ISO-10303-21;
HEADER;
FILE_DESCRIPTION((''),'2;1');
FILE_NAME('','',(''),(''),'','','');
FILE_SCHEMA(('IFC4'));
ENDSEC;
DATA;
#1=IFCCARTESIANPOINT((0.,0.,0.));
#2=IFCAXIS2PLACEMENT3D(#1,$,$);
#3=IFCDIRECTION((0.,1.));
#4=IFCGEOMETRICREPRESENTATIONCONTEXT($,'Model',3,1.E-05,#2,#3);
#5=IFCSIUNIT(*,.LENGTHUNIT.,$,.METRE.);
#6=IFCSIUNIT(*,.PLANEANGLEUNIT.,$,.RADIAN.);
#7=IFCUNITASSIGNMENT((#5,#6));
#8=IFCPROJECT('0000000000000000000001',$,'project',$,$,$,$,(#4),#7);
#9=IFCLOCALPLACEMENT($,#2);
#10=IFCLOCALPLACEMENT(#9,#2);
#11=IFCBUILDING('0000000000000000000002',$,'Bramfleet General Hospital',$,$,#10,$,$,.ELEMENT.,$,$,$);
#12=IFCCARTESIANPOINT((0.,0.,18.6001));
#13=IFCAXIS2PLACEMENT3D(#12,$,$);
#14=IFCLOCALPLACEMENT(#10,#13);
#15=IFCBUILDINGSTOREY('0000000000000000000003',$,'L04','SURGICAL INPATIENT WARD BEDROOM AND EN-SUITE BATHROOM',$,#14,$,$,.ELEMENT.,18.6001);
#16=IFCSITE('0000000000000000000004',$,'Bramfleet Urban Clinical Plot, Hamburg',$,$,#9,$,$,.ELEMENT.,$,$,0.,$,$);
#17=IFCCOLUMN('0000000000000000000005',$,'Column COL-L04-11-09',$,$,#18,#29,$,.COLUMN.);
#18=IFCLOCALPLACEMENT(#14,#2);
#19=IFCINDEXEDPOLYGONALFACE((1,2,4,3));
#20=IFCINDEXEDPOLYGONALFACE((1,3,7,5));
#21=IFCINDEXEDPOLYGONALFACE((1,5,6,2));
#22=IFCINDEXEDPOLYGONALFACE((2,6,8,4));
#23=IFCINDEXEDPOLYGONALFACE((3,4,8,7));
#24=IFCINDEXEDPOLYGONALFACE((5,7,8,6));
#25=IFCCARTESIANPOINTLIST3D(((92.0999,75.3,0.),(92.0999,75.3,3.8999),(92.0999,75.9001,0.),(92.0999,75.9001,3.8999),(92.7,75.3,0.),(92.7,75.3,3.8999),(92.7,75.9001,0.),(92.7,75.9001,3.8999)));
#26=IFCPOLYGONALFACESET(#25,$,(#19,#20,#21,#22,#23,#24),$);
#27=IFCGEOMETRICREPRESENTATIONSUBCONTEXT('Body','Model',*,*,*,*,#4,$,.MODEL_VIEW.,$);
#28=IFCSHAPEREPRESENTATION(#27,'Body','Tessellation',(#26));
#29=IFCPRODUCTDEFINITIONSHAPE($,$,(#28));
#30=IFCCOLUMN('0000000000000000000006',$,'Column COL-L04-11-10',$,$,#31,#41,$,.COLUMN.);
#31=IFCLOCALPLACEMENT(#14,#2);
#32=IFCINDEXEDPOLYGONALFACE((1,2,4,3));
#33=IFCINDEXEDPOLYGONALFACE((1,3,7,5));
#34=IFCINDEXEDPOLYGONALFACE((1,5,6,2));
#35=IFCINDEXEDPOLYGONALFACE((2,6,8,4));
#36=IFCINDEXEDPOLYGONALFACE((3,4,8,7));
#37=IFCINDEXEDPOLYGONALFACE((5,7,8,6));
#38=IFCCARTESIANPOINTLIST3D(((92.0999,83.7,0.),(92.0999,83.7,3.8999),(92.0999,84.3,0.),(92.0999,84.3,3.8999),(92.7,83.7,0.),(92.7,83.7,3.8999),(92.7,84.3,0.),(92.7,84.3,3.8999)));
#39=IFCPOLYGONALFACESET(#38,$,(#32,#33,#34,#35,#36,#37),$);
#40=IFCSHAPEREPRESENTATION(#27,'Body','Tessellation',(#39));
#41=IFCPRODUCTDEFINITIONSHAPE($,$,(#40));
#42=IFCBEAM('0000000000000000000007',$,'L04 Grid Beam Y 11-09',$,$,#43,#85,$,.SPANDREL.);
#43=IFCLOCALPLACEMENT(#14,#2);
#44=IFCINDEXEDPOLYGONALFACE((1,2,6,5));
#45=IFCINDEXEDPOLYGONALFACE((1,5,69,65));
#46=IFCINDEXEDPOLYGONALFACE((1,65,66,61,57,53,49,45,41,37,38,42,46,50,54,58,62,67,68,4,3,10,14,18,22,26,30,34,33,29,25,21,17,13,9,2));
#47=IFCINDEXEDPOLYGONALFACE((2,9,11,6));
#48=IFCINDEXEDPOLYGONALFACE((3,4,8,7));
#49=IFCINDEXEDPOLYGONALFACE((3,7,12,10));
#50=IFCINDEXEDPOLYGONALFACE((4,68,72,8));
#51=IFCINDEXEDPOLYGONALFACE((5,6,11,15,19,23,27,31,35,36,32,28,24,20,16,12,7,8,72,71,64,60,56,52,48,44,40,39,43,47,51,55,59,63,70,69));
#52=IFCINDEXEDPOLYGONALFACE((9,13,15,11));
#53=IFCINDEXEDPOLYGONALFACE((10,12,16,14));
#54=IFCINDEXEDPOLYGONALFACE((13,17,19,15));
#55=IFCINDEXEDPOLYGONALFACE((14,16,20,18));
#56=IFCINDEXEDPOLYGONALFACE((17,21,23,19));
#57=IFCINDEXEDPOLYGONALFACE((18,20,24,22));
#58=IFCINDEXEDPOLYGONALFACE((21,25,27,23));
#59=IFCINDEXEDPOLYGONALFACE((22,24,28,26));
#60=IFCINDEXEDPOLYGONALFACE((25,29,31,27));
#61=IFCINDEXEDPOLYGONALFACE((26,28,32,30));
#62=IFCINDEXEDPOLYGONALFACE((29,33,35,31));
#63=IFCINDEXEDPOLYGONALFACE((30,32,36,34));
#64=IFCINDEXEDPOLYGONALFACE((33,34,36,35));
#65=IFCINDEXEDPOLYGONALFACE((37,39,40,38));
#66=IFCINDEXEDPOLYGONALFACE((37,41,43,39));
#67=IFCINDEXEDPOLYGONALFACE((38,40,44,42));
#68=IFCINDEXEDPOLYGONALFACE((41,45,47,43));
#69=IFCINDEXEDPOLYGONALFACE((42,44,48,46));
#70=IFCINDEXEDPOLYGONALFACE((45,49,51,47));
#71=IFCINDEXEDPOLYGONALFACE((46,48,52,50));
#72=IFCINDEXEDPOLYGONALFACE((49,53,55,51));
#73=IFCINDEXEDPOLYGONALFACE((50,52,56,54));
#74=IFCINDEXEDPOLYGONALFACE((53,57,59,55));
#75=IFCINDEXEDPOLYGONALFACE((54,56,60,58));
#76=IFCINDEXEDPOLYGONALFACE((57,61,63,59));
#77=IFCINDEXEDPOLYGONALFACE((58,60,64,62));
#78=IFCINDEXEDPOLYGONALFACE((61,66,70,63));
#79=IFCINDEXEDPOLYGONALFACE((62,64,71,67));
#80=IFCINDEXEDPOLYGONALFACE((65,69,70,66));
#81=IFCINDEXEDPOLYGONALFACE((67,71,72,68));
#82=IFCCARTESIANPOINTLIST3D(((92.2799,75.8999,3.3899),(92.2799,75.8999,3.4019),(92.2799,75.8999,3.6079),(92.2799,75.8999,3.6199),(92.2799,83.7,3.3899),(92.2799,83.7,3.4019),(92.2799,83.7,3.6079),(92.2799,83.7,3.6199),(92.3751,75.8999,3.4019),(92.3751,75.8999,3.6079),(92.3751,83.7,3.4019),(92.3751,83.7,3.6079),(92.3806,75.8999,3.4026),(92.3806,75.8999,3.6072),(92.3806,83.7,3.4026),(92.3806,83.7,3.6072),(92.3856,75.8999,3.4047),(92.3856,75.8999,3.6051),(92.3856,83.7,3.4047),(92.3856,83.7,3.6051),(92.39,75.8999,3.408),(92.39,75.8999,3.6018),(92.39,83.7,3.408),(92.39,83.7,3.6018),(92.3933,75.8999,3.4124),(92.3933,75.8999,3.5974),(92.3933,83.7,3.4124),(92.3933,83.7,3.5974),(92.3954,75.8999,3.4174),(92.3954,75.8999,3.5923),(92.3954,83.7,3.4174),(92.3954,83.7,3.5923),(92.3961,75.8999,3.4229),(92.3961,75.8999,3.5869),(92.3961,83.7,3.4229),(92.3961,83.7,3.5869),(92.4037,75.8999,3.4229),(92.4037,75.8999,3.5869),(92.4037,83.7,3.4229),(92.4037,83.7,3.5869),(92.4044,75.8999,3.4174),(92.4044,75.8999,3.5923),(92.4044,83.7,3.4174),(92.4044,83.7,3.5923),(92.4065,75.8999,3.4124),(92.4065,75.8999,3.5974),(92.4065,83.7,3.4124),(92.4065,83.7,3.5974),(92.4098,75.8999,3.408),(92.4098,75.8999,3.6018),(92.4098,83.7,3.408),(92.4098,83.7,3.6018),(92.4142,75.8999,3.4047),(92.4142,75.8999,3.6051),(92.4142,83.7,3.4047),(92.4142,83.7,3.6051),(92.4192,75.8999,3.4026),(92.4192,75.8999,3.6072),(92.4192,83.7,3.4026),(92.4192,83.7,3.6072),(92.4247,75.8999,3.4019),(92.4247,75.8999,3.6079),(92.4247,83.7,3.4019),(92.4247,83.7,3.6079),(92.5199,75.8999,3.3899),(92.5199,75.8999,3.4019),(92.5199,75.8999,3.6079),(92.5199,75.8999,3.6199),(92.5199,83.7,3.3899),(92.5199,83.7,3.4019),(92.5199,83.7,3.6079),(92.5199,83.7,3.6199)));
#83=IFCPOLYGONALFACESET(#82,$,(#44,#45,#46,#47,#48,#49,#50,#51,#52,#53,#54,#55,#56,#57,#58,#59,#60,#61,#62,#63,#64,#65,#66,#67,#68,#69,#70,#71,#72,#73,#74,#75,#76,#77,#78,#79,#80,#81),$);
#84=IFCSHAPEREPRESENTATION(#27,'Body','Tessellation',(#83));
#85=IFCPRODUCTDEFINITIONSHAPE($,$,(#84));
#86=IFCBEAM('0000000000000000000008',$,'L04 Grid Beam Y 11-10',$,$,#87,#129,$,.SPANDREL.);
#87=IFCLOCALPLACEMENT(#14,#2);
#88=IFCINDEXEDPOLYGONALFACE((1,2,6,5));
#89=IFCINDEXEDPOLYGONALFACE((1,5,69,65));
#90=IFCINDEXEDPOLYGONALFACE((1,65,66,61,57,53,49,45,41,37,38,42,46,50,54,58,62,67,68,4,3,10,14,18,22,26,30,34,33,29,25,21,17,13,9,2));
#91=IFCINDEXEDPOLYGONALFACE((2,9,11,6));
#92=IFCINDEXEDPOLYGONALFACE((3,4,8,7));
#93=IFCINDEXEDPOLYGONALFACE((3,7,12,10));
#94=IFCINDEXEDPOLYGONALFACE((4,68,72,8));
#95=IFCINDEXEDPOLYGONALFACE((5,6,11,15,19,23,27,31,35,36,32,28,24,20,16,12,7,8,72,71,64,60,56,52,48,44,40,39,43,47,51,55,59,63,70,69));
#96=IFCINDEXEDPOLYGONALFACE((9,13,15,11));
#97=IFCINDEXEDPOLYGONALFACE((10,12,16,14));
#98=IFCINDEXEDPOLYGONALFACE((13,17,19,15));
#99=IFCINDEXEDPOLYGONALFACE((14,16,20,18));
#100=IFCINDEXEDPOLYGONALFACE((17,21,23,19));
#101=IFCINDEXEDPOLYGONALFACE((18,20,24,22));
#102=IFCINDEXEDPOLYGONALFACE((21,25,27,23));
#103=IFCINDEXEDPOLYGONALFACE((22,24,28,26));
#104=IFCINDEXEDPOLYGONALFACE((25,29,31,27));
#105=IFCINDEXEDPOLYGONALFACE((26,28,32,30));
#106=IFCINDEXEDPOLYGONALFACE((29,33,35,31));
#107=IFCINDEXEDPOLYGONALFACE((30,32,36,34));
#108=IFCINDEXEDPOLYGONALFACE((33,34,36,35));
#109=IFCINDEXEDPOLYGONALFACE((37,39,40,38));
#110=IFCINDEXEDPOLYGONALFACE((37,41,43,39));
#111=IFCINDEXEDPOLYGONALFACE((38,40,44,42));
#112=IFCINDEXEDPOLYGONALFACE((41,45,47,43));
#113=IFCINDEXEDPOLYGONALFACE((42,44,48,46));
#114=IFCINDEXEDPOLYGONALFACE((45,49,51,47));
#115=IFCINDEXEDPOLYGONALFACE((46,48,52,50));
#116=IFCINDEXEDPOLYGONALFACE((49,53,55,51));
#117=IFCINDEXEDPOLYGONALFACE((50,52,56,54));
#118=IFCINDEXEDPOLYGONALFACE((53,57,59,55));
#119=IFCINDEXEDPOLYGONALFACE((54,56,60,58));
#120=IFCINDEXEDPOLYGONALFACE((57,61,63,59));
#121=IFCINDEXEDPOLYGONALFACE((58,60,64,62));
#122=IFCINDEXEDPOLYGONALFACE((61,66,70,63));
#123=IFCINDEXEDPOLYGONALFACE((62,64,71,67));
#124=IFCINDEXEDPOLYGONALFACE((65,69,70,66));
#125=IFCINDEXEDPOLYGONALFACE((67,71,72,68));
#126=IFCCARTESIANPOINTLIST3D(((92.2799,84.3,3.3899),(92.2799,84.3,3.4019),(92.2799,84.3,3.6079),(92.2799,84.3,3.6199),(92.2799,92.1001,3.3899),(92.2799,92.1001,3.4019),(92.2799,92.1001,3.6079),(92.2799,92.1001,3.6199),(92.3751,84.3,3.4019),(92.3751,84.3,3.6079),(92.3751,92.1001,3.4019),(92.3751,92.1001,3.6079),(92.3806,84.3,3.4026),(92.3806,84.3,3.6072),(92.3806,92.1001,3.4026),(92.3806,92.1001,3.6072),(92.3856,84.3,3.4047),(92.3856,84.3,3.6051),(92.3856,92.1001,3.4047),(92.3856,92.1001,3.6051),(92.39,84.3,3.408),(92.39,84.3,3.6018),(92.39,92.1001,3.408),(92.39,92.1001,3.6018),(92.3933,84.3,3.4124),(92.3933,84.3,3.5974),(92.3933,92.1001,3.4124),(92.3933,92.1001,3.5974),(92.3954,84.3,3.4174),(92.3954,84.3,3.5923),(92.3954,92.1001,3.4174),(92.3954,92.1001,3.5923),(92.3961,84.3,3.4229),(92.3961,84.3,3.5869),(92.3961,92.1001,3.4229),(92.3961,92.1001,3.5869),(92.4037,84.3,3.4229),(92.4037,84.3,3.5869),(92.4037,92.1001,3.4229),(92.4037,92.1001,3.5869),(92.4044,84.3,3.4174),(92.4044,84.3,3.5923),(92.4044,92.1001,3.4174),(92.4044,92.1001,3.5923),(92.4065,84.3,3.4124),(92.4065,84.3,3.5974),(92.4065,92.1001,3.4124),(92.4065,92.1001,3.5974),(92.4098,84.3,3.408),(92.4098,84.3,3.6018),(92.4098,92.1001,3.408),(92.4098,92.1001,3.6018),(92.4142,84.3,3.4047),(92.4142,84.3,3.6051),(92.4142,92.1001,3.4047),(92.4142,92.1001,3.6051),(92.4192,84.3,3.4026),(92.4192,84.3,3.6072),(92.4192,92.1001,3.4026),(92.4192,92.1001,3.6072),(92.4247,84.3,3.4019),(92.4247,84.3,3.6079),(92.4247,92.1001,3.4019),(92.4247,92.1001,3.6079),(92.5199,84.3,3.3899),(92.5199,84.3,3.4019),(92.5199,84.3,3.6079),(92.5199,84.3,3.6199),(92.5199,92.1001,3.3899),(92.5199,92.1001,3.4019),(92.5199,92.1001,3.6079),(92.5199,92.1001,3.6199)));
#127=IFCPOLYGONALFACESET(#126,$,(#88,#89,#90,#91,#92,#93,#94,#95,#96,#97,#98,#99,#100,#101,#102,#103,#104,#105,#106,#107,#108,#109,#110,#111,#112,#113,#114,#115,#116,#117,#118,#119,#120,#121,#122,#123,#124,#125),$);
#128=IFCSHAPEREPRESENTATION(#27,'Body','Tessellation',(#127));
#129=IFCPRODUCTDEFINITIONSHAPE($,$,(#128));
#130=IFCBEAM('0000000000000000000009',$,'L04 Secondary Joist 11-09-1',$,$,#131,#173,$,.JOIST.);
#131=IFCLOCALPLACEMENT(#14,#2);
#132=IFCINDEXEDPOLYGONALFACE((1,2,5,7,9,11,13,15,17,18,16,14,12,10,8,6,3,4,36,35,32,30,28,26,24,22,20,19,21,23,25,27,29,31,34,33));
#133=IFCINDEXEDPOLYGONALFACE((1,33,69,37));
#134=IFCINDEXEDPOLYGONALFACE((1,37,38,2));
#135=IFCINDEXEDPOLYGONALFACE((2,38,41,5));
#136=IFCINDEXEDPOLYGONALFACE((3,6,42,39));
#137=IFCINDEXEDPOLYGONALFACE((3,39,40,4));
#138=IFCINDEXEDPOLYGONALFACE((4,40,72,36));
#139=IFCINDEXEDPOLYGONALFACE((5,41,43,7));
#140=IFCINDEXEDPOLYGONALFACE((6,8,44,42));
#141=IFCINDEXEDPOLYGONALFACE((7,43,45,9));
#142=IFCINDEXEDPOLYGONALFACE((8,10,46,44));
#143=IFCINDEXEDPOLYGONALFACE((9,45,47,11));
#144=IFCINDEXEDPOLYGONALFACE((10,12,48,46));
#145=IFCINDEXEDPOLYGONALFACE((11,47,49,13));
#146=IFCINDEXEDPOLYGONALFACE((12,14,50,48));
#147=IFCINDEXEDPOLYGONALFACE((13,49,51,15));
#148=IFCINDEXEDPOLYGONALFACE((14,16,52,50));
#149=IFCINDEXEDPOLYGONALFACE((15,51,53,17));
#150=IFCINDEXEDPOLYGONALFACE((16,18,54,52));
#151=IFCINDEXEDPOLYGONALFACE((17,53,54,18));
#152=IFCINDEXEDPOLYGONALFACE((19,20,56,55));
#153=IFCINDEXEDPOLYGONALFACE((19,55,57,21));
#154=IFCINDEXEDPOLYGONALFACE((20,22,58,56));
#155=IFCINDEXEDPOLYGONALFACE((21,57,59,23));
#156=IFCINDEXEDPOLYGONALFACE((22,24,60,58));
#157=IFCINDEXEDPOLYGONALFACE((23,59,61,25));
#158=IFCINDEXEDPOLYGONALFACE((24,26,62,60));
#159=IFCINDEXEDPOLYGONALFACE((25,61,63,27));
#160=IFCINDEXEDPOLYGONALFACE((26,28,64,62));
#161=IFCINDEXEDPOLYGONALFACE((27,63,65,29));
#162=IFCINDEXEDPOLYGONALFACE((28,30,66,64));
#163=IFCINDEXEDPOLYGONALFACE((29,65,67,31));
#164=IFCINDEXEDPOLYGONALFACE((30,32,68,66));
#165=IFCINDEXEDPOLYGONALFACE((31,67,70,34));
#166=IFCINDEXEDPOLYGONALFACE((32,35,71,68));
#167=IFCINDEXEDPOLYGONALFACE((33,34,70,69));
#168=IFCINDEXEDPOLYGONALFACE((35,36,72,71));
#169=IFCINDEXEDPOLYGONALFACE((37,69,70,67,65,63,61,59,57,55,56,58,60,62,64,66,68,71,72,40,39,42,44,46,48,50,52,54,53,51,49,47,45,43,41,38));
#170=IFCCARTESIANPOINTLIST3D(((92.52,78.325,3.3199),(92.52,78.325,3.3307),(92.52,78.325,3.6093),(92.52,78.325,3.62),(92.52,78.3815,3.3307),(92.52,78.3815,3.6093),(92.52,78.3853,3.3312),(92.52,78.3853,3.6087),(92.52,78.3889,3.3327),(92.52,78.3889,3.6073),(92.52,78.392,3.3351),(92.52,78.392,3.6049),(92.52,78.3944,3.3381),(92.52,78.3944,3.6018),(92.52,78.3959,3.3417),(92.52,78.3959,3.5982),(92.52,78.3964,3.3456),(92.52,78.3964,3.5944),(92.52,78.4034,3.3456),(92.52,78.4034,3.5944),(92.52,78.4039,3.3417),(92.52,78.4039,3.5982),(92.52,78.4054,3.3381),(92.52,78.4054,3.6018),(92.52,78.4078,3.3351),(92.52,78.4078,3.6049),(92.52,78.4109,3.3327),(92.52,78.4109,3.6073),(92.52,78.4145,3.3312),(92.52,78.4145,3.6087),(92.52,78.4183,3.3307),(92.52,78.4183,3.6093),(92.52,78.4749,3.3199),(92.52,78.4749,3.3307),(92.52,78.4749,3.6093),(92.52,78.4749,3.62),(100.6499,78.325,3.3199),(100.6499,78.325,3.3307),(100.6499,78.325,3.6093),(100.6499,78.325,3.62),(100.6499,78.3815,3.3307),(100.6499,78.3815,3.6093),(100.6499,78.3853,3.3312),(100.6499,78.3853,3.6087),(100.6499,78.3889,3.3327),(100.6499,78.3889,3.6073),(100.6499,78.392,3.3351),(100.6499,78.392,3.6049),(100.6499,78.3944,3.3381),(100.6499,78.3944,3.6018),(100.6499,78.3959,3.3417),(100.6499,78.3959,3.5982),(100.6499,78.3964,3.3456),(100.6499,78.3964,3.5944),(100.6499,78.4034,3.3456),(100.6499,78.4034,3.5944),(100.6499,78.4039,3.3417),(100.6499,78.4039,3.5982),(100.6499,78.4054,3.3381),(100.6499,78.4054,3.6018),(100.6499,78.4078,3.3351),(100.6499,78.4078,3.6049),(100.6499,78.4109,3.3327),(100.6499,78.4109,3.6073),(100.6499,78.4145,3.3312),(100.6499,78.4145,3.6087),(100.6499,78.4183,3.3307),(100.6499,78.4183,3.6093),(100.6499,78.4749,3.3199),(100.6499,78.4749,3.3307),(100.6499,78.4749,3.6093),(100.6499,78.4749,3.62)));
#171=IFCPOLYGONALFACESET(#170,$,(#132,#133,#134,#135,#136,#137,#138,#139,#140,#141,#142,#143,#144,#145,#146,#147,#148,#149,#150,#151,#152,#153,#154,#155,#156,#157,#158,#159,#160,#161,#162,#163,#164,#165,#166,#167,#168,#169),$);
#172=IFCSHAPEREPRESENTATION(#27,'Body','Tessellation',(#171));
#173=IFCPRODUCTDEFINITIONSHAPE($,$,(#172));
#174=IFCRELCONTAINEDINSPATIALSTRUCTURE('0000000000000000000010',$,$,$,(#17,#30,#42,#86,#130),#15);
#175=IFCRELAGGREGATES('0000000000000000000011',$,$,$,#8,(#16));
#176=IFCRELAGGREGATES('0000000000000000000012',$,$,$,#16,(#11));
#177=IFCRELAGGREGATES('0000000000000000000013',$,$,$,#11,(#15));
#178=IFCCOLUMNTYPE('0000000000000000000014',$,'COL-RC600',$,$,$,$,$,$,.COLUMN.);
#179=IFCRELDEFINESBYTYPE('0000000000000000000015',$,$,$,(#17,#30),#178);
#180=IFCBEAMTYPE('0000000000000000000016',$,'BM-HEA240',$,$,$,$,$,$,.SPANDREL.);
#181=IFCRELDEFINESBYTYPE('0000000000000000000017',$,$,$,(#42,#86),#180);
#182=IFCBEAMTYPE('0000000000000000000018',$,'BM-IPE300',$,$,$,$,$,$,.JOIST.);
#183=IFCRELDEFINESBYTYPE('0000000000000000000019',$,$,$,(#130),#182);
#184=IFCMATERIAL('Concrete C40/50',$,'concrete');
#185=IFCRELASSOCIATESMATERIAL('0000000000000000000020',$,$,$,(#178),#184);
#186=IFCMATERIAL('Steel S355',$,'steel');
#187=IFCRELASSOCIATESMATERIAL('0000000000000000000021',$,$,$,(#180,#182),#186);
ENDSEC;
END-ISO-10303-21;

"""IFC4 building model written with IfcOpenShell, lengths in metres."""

from ifc_helpers import new_model, si_unit, direction, frame, origin, origin_2d, place, context, subcontext, project, spatial, rectangle, i_section, extrude, material, material_profile, profile_set, type_object, element, save


model = new_model("IFC4")

# Units and contexts
model_context = context("Model", 3, precision=1e-05, world=origin(), true_north=direction((0.0, 1.0)))
body_context = subcontext(model_context, "Body", "Model", "MODEL_VIEW")
ifc_project = project(units=[si_unit("LENGTHUNIT", "METRE"), si_unit("PLANEANGLEUNIT", "RADIAN")], contexts=[model_context])

# Site, building, storey
site_placement = place(None, origin())
site = spatial("IfcSite", under=ifc_project, at=site_placement, Name="Bramfleet Urban Clinical Plot, Hamburg", CompositionType="ELEMENT", RefElevation=0.0)
building_placement = place(site_placement, origin())
building = spatial("IfcBuilding", under=site, at=building_placement, Name="Bramfleet General Hospital", CompositionType="ELEMENT")
storey_placement = place(building_placement, frame((0.0, 0.0, 18.6001)))
storey = spatial("IfcBuildingStorey", under=building, at=storey_placement, Name="L04", Description="SURGICAL INPATIENT WARD BEDROOM AND EN-SUITE BATHROOM", CompositionType="ELEMENT", Elevation=18.6001)

# Columns
ifc_material_1 = material(Name="Concrete C40/50", Category="concrete")
ifc_material_profile_1 = material_profile(ifc_material_1, rectangle(XDim=0.6001, YDim=0.6001, at=origin_2d()), Name="RC COL 600x600")
ifc_profile_set_1 = profile_set([ifc_material_profile_1], Name="Concrete C40/50")
column_type = type_object("IfcColumnType", Name="COL-RC600", PredefinedType="COLUMN", material=ifc_profile_set_1)
for number, where, z_axis, x_axis, name in (
    (1, (92.3999, 75.6001, 0.0), (0.0, 0.0, 1.0), (1.0, 0.0, 0.0), "Column COL-L04-11-09"),
    (2, (92.3999, 84.0, 0.0), (0.0, 0.0, 1.0), (1.0, 0.0, 0.0), "Column COL-L04-11-10"),
):
    element("IfcColumn", number, at=place(storey_placement, frame(where, z_axis=z_axis, x_axis=x_axis)), inside=storey, type_object=column_type, Name=name, PredefinedType="COLUMN", context=body_context, shape_type="SweptSolid", body=[
        extrude(rectangle(XDim=0.6001, YDim=0.6001, at=origin_2d()), origin(), (0.0, 0.0, 1.0), 3.8999),
    ])

# Beams
ifc_material_2 = material(Name="Steel S355", Category="steel")
ifc_material_profile_2 = material_profile(ifc_material_2, i_section(OverallWidth=0.24, OverallDepth=0.23, WebThickness=0.0076, FlangeThickness=0.012, FilletRadius=0.021, at=origin_2d()), Name="HEA 240")
ifc_profile_set_2 = profile_set([ifc_material_profile_2], Name="Steel S355")
beam_type_1 = type_object("IfcBeamType", Name="BM-HEA240", PredefinedType="SPANDREL", material=ifc_profile_set_2)
for number, where, z_axis, x_axis, name in (
    (3, (92.3999, 75.8999, 3.5049), (0.0, 1.0, 0.0), (-1.0, 0.0, 0.0), "L04 Grid Beam Y 11-09"),
    (4, (92.3999, 84.3, 3.5049), (0.0, 1.0, 0.0), (-1.0, 0.0, 0.0), "L04 Grid Beam Y 11-10"),
):
    element("IfcBeam", number, at=place(storey_placement, frame(where, z_axis=z_axis, x_axis=x_axis)), inside=storey, type_object=beam_type_1, Name=name, PredefinedType="SPANDREL", context=body_context, shape_type="SweptSolid", body=[
        extrude(i_section(OverallWidth=0.24, OverallDepth=0.23, WebThickness=0.0076, FlangeThickness=0.012, FilletRadius=0.021, at=origin_2d()), origin(), (0.0, 0.0, 1.0), 7.8),
    ])
ifc_material_profile_3 = material_profile(ifc_material_2, i_section(OverallWidth=0.1499, OverallDepth=0.3, WebThickness=0.0071, FlangeThickness=0.0107, FilletRadius=0.0149, at=origin_2d()), Name="IPE 300")
ifc_profile_set_3 = profile_set([ifc_material_profile_3], Name="Steel S355")
beam_type_2 = type_object("IfcBeamType", Name="BM-IPE300", PredefinedType="JOIST", material=ifc_profile_set_3)
for number, where, z_axis, x_axis, name in (
    (5, (92.52, 78.3999, 3.47), (1.0, 0.0, 0.0), (0.0, 1.0, 0.0), "L04 Secondary Joist 11-09-1"),
):
    element("IfcBeam", number, at=place(storey_placement, frame(where, z_axis=z_axis, x_axis=x_axis)), inside=storey, type_object=beam_type_2, Name=name, PredefinedType="JOIST", context=body_context, shape_type="SweptSolid", body=[
        extrude(i_section(OverallWidth=0.1499, OverallDepth=0.3, WebThickness=0.0071, FlangeThickness=0.0107, FilletRadius=0.0149, at=origin_2d()), origin(), (0.0, 0.0, 1.0), 8.1299),
    ])

save(model, "model.ifc")
